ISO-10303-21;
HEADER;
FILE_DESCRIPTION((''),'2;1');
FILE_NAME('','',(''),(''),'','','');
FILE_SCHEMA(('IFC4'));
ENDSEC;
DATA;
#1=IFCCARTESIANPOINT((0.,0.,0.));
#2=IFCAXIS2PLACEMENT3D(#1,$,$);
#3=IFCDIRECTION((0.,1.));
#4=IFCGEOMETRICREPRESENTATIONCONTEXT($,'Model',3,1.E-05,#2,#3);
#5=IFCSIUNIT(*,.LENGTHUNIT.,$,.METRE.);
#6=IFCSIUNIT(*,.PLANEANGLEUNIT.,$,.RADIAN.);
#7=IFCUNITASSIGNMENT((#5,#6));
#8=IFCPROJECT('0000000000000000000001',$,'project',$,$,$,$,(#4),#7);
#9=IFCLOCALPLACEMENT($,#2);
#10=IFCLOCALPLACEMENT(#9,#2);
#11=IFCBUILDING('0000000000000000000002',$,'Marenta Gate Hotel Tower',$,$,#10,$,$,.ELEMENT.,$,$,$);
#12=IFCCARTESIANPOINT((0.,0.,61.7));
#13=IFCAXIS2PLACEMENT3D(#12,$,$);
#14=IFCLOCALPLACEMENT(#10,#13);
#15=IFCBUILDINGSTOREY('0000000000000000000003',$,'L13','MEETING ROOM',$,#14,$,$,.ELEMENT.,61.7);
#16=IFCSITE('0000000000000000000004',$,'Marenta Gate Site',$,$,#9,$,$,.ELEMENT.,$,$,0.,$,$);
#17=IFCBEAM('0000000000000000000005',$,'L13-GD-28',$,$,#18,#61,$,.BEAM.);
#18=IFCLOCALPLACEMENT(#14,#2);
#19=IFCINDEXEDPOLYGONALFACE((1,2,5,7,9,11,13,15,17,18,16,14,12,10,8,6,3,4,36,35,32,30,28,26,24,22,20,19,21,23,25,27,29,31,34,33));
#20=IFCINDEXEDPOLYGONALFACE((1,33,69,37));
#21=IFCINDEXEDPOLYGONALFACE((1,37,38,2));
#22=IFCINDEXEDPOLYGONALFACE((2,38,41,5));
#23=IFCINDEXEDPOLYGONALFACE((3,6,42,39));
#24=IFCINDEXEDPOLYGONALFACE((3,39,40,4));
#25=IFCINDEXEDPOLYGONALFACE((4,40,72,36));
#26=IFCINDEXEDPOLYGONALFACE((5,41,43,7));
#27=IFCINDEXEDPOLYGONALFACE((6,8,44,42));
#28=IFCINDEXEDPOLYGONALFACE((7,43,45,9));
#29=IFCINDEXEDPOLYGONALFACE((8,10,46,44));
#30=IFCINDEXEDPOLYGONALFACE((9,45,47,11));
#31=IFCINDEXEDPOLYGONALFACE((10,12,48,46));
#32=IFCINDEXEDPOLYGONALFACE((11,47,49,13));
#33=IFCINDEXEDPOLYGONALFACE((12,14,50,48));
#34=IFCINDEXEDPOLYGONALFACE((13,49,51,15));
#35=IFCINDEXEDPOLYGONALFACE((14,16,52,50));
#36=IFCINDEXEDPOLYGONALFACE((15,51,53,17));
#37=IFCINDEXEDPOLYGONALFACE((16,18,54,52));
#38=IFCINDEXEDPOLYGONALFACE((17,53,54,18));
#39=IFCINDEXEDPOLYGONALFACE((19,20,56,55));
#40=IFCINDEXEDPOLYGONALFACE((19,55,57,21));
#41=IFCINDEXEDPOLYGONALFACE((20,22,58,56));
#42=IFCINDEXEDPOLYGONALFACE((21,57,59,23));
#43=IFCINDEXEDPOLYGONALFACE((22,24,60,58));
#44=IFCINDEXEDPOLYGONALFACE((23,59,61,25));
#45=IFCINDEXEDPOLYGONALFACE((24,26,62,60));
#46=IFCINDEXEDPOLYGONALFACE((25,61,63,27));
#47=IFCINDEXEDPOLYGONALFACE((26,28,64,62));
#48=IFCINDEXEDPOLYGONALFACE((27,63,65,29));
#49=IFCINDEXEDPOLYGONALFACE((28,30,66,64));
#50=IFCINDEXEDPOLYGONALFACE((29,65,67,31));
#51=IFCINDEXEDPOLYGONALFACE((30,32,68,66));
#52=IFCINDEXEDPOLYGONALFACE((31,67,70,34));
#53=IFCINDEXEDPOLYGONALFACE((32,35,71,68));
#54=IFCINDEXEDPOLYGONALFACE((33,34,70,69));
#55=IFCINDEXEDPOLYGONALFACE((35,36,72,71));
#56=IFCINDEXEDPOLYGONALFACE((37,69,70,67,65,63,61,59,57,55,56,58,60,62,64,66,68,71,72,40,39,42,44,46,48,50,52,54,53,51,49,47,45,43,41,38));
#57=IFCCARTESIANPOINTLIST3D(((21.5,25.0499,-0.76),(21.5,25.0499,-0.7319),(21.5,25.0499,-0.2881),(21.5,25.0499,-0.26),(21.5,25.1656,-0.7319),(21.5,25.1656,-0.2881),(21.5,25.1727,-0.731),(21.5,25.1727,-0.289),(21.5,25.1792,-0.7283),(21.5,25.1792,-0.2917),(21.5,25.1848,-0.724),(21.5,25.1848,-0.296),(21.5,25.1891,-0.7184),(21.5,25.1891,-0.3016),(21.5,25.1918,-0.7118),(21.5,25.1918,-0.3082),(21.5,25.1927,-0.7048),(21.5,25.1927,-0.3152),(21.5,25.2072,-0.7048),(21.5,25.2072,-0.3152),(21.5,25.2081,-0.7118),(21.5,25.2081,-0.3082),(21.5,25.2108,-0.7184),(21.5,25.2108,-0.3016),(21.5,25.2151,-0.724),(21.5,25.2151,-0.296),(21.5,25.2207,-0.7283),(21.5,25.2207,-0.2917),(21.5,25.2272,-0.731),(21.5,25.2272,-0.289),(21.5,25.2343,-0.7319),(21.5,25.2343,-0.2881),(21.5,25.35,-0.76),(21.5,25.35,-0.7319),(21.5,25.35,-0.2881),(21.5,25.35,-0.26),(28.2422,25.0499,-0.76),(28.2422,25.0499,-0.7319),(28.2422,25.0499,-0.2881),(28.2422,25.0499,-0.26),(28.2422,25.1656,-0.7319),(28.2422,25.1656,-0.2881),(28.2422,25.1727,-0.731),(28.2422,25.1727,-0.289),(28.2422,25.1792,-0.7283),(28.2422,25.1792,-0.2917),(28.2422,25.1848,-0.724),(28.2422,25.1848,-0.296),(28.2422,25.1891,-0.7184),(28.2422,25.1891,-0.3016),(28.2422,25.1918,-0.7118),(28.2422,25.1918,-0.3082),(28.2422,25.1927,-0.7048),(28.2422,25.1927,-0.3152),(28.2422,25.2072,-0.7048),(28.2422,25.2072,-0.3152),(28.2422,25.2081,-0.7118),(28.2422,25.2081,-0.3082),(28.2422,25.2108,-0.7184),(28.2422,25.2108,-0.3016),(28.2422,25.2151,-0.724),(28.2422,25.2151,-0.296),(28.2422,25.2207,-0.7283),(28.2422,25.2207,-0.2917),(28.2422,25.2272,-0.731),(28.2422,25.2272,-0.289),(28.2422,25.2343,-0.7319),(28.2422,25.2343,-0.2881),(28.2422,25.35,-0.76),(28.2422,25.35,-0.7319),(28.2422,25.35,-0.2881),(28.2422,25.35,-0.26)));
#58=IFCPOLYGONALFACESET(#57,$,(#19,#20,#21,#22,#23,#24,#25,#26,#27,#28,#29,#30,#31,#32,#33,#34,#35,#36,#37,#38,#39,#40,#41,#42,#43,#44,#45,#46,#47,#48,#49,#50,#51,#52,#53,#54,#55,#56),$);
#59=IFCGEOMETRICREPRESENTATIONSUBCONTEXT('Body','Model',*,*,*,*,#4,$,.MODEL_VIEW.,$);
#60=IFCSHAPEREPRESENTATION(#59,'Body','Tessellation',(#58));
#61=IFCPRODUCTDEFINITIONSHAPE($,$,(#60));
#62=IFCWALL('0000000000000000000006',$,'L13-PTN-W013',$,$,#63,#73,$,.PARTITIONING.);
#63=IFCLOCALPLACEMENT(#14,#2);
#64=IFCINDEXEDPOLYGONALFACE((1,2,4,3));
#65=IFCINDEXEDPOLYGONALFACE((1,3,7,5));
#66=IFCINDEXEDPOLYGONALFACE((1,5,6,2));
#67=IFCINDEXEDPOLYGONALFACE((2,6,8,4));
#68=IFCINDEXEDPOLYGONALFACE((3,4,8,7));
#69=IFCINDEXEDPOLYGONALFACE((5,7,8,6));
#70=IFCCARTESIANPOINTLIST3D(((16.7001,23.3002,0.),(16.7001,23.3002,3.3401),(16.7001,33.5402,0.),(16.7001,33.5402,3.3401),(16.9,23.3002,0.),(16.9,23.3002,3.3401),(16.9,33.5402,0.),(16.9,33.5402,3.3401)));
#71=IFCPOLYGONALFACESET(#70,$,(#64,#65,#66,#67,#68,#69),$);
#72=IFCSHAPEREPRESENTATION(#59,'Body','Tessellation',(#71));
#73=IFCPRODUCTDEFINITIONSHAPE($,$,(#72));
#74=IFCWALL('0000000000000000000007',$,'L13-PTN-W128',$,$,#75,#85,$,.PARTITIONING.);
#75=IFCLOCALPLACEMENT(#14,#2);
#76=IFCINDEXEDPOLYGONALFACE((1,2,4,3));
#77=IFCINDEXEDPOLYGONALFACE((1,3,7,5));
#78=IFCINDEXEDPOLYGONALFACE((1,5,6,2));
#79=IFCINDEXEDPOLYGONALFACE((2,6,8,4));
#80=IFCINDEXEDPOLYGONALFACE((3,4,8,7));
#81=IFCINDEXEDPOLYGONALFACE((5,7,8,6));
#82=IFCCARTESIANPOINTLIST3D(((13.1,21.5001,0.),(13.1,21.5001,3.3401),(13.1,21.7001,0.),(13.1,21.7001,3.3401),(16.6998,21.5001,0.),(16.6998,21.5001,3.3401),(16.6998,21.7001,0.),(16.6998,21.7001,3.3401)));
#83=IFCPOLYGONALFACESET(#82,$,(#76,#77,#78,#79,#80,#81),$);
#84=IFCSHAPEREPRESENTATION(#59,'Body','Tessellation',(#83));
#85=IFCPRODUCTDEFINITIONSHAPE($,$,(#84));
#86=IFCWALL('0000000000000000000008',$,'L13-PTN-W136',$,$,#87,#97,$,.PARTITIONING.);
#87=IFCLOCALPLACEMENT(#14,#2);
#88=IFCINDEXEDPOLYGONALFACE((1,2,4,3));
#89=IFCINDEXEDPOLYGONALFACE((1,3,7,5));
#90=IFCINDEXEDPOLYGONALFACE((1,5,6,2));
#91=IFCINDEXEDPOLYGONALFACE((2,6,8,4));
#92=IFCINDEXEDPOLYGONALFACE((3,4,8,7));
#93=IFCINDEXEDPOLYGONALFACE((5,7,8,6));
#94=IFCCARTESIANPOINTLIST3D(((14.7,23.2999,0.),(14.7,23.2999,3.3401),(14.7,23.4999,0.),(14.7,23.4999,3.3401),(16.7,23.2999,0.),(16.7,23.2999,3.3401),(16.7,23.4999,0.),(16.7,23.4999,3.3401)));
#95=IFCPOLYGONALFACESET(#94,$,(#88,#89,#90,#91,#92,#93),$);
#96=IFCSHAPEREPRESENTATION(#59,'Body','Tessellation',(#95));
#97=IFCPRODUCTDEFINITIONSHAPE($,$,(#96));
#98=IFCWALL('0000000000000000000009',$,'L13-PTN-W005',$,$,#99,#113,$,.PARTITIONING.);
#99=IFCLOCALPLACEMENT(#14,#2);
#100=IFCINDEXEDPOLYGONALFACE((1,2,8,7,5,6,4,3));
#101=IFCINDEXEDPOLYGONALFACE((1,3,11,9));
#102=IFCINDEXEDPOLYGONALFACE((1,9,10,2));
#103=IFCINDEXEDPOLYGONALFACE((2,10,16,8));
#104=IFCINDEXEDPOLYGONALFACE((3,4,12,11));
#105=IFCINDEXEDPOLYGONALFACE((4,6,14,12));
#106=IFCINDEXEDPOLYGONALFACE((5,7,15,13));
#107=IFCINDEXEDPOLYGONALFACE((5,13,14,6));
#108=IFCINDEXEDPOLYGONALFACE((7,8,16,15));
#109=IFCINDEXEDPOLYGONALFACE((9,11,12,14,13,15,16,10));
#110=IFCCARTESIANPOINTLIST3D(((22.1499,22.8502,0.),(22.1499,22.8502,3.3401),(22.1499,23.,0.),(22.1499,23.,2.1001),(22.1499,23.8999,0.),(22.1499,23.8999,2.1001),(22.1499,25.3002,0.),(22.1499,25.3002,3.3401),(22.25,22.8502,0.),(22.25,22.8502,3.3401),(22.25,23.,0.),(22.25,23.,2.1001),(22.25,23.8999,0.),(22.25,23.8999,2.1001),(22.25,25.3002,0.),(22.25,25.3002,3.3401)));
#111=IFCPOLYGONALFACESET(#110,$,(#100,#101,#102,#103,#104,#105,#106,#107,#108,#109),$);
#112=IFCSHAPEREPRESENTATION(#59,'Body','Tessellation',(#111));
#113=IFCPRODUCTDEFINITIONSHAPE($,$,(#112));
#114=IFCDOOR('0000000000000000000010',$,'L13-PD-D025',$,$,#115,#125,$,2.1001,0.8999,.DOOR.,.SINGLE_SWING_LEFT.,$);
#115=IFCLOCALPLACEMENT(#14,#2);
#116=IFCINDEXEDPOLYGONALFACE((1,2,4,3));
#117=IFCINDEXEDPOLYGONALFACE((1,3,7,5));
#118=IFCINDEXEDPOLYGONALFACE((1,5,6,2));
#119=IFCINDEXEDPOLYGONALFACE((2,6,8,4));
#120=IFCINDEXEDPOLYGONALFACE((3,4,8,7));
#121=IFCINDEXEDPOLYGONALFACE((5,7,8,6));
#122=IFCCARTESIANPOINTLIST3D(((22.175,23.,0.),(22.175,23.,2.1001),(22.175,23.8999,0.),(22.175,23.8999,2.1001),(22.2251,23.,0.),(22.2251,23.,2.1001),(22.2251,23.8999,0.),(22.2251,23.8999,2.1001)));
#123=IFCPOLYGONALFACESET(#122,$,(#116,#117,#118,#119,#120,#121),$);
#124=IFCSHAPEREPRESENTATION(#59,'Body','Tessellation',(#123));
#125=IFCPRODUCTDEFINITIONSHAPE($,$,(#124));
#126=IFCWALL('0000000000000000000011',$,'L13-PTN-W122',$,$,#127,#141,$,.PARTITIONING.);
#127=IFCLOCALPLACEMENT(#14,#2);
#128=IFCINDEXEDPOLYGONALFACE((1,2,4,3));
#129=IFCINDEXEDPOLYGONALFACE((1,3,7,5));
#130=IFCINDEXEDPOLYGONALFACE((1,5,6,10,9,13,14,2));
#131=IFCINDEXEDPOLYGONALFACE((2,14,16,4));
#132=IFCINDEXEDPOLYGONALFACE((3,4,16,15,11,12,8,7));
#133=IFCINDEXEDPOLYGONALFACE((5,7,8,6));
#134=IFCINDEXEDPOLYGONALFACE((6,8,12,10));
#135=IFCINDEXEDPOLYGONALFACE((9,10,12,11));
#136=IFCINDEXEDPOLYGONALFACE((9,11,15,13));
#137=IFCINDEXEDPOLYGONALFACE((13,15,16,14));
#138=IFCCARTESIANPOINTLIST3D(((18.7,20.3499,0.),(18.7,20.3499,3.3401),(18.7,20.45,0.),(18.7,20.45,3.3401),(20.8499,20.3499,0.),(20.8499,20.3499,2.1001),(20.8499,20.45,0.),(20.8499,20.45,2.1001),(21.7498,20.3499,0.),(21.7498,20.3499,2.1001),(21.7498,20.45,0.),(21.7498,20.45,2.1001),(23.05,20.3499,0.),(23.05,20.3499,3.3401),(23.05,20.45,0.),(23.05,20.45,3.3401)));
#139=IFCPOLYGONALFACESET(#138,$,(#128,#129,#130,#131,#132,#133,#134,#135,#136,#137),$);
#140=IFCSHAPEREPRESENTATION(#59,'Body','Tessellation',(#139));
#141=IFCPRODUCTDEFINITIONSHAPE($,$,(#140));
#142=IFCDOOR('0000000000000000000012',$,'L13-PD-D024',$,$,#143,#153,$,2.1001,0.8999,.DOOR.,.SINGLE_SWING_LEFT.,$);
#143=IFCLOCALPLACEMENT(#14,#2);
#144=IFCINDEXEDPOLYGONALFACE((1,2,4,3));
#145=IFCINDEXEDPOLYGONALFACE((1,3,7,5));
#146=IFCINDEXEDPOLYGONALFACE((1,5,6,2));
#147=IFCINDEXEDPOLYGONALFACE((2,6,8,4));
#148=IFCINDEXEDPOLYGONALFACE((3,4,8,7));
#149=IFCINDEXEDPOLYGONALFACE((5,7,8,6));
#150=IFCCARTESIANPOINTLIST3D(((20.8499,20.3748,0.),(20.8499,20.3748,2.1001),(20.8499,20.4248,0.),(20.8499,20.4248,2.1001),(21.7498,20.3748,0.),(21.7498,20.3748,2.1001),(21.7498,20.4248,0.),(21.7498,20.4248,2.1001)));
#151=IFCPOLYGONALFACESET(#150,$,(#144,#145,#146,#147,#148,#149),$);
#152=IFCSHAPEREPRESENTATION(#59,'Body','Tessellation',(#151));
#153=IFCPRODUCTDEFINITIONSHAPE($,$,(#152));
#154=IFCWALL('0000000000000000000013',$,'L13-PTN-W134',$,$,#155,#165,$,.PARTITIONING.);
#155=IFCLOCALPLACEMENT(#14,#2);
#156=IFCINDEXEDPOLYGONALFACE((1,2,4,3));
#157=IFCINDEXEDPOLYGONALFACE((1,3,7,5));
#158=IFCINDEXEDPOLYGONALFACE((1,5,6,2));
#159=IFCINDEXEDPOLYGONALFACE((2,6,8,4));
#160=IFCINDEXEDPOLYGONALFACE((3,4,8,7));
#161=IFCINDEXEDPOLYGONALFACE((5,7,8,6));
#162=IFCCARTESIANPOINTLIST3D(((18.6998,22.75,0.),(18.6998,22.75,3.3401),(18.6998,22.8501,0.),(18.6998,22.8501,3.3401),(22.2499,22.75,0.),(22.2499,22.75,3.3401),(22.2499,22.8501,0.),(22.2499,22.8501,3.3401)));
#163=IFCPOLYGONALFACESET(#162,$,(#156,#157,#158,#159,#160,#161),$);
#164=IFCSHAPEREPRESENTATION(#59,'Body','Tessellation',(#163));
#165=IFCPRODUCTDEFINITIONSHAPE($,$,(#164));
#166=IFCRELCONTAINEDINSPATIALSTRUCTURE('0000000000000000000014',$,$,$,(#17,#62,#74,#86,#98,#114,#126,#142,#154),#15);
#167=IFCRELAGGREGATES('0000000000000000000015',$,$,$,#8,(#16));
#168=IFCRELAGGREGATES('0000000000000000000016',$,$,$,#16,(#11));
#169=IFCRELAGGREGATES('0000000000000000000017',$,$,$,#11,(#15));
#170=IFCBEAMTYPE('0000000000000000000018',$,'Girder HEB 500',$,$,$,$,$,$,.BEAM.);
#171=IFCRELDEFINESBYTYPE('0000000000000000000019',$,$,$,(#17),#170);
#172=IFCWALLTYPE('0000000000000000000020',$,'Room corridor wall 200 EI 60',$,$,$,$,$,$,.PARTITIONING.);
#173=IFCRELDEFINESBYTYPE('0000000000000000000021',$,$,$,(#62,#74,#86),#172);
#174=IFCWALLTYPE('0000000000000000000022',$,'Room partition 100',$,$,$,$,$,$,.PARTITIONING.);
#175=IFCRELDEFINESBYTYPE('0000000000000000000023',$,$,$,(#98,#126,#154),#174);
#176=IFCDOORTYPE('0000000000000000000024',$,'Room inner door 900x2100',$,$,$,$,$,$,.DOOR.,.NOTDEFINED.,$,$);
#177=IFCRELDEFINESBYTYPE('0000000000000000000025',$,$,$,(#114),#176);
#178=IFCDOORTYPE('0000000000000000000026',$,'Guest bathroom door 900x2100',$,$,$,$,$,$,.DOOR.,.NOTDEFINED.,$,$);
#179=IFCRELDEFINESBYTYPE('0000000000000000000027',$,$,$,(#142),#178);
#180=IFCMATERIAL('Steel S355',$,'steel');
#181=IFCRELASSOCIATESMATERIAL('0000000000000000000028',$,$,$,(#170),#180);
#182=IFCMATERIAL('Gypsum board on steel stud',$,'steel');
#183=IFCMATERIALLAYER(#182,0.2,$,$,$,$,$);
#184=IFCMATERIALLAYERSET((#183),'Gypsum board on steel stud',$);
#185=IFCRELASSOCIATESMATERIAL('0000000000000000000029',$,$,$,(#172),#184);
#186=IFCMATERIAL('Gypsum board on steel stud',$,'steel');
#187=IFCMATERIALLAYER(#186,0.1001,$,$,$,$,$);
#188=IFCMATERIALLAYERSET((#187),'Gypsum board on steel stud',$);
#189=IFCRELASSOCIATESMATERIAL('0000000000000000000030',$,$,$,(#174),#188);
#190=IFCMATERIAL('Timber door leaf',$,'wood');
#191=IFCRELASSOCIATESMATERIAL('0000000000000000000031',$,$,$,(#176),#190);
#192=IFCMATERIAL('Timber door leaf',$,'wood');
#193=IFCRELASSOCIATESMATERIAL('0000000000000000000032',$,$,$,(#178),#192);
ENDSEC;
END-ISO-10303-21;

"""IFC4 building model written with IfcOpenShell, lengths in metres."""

from ifc_helpers import new_model, si_unit, direction, frame, frame_2d, origin, origin_2d, place, context, subcontext, project, spatial, rectangle, i_section, extrude, material, layer, layer_set, material_profile, profile_set, type_object, element, fill, save


model = new_model("IFC4")

# Units and contexts
model_context = context("Model", 3, precision=1e-05, world=origin(), true_north=direction((0.0, 1.0)))
body_context = subcontext(model_context, "Body", "Model", "MODEL_VIEW")
ifc_project = project(units=[si_unit("LENGTHUNIT", "METRE"), si_unit("PLANEANGLEUNIT", "RADIAN")], contexts=[model_context])

# Site, building, storey
site_placement = place(None, origin())
site = spatial("IfcSite", under=ifc_project, at=site_placement, Name="Marenta Gate Site", CompositionType="ELEMENT", RefElevation=0.0)
building_placement = place(site_placement, origin())
building = spatial("IfcBuilding", under=site, at=building_placement, Name="Marenta Gate Hotel Tower", CompositionType="ELEMENT")
storey_placement = place(building_placement, frame((0.0, 0.0, 61.7)))
storey = spatial("IfcBuildingStorey", under=building, at=storey_placement, Name="L13", Description="MEETING ROOM", CompositionType="ELEMENT", Elevation=61.7)

# Beam
ifc_material_1 = material(Name="Steel S355", Category="steel")
ifc_material_profile_1 = material_profile(ifc_material_1, i_section(OverallWidth=0.3, OverallDepth=0.5, WebThickness=0.0144, FlangeThickness=0.0281, FilletRadius=0.0271, at=origin_2d()), Name="HEB 500")
ifc_profile_set_1 = profile_set([ifc_material_profile_1], Name="Steel S355")
beam_type_1 = type_object("IfcBeamType", Name="Girder HEB 500", PredefinedType="BEAM", material=ifc_profile_set_1)
beam_1_placement = place(storey_placement, frame((21.5, 25.2, -0.51), z_axis=(1.0, 0.0, 0.0), x_axis=(0.0, 1.0, 0.0)))
element("IfcBeam", 1, at=beam_1_placement, inside=storey, type_object=beam_type_1, Name="L13-GD-28", PredefinedType="BEAM", context=body_context, shape_type="SweptSolid", body=[
    extrude(i_section(OverallWidth=0.3, OverallDepth=0.5, WebThickness=0.0144, FlangeThickness=0.0281, FilletRadius=0.0271, at=origin_2d()), origin(), (0.0, 0.0, 1.0), 6.7422),
])

# Wall
ifc_material_2 = material(Name="Gypsum board on steel stud", Category="steel")
ifc_layer_1 = layer(ifc_material_2, 0.2)
ifc_layer_set_1 = layer_set([ifc_layer_1], Name="Gypsum board on steel stud")
wall_type_1 = type_object("IfcWallType", Name="Room corridor wall 200 EI 60", PredefinedType="PARTITIONING", material=ifc_layer_set_1)
wall_1_placement = place(storey_placement, frame((16.8, 23.3, 0.0), z_axis=(0.0, 0.0, 1.0), x_axis=(0.0, 1.0, 0.0)))
element("IfcWall", 2, at=wall_1_placement, inside=storey, type_object=wall_type_1, Name="L13-PTN-W013", PredefinedType="PARTITIONING", context=body_context, shape_type="SweptSolid", body=[
    extrude(rectangle(XDim=10.24, YDim=0.2, at=frame_2d((5.1201, 0.0))), origin(), (0.0, 0.0, 1.0), 3.3401),
])

# Walls
wall_2_placement = place(storey_placement, frame((13.1001, 21.6001, 0.0), z_axis=(0.0, 0.0, 1.0), x_axis=(1.0, 0.0, 0.0)))
element("IfcWall", 3, at=wall_2_placement, inside=storey, type_object=wall_type_1, Name="L13-PTN-W128", PredefinedType="PARTITIONING", context=body_context, shape_type="SweptSolid", body=[
    extrude(rectangle(XDim=3.5999, YDim=0.2, at=frame_2d((1.7998, 0.0))), origin(), (0.0, 0.0, 1.0), 3.3401),
])
wall_3_placement = place(storey_placement, frame((14.7, 23.3999, 0.0), z_axis=(0.0, 0.0, 1.0), x_axis=(1.0, 0.0, 0.0)))
element("IfcWall", 4, at=wall_3_placement, inside=storey, type_object=wall_type_1, Name="L13-PTN-W136", PredefinedType="PARTITIONING", context=body_context, shape_type="SweptSolid", body=[
    extrude(rectangle(XDim=2.0, YDim=0.2, at=frame_2d((1.0, 0.0))), origin(), (0.0, 0.0, 1.0), 3.3401),
])

# Walls, openings, doors
ifc_material_3 = material(Name="Gypsum board on steel stud", Category="steel")
ifc_layer_2 = layer(ifc_material_3, 0.1001)
ifc_layer_set_2 = layer_set([ifc_layer_2], Name="Gypsum board on steel stud")
wall_type_2 = type_object("IfcWallType", Name="Room partition 100", PredefinedType="PARTITIONING", material=ifc_layer_set_2)
wall_4_placement = place(storey_placement, frame((22.2, 22.8501, 0.0), z_axis=(0.0, 0.0, 1.0), x_axis=(0.0, 1.0, 0.0)))
wall_4 = element("IfcWall", 5, at=wall_4_placement, inside=storey, type_object=wall_type_2, Name="L13-PTN-W005", PredefinedType="PARTITIONING", context=body_context, shape_type="SweptSolid", body=[
    extrude(rectangle(XDim=2.45, YDim=0.1001, at=frame_2d((1.2251, 0.0))), origin(), (0.0, 0.0, 1.0), 3.3401),
])
opening_1_placement = place(wall_4_placement, frame((0.1499, 0.0, 0.0)))
opening_1 = element("IfcOpeningElement", 6, at=opening_1_placement, cuts=wall_4, PredefinedType="OPENING", context=body_context, shape_type="SweptSolid", body=[
    extrude(rectangle(XDim=0.8999, YDim=2.1001, at=frame_2d((0.45, 1.05))), frame((0.0, 0.05, 0.0), z_axis=(0.0, -1.0, 0.0), x_axis=(1.0, 0.0, 0.0)), (0.0, 0.0, 1.0), 0.1001),
])
ifc_material_4 = material(Name="Timber door leaf", Category="wood")
door_type_1 = type_object("IfcDoorType", Name="Room inner door 900x2100", OperationType="NOTDEFINED", PredefinedType="DOOR", material=ifc_material_4)
door_1_placement = place(opening_1_placement, origin())
door_1 = element("IfcDoor", 7, at=door_1_placement, inside=storey, type_object=door_type_1, Name="L13-PD-D025", OperationType="SINGLE_SWING_LEFT", OverallHeight=2.1001, OverallWidth=0.8999, PredefinedType="DOOR", context=body_context, shape_type="SweptSolid", body=[
    extrude(rectangle(XDim=0.8999, YDim=2.1001, at=frame_2d((0.45, 1.05))), frame((0.0, 0.0249, 0.0), z_axis=(0.0, -1.0, 0.0), x_axis=(1.0, 0.0, 0.0)), (0.0, 0.0, 1.0), 0.05),
])
fill(opening_1, door_1)
wall_5_placement = place(storey_placement, frame((18.7, 20.3999, 0.0), z_axis=(0.0, 0.0, 1.0), x_axis=(1.0, 0.0, 0.0)))
wall_5 = element("IfcWall", 8, at=wall_5_placement, inside=storey, type_object=wall_type_2, Name="L13-PTN-W122", PredefinedType="PARTITIONING", context=body_context, shape_type="SweptSolid", body=[
    extrude(rectangle(XDim=4.3501, YDim=0.1001, at=frame_2d((2.175, 0.0))), origin(), (0.0, 0.0, 1.0), 3.3401),
])
opening_2_placement = place(wall_5_placement, frame((2.1499, 0.0, 0.0)))
opening_2 = element("IfcOpeningElement", 9, at=opening_2_placement, cuts=wall_5, PredefinedType="OPENING", context=body_context, shape_type="SweptSolid", body=[
    extrude(rectangle(XDim=0.8999, YDim=2.1001, at=frame_2d((0.45, 1.05))), frame((0.0, 0.05, 0.0), z_axis=(0.0, -1.0, 0.0), x_axis=(1.0, 0.0, 0.0)), (0.0, 0.0, 1.0), 0.1001),
])
ifc_material_5 = material(Name="Timber door leaf", Category="wood")
door_type_2 = type_object("IfcDoorType", Name="Guest bathroom door 900x2100", OperationType="NOTDEFINED", PredefinedType="DOOR", material=ifc_material_5)
door_2_placement = place(opening_2_placement, origin())
door_2 = element("IfcDoor", 10, at=door_2_placement, inside=storey, type_object=door_type_2, Name="L13-PD-D024", OperationType="SINGLE_SWING_LEFT", OverallHeight=2.1001, OverallWidth=0.8999, PredefinedType="DOOR", context=body_context, shape_type="SweptSolid", body=[
    extrude(rectangle(XDim=0.8999, YDim=2.1001, at=frame_2d((0.45, 1.05))), frame((0.0, 0.0249, 0.0), z_axis=(0.0, -1.0, 0.0), x_axis=(1.0, 0.0, 0.0)), (0.0, 0.0, 1.0), 0.05),
])
fill(opening_2, door_2)

# Wall
wall_6_placement = place(storey_placement, frame((18.7, 22.8, 0.0), z_axis=(0.0, 0.0, 1.0), x_axis=(1.0, 0.0, 0.0)))
element("IfcWall", 11, at=wall_6_placement, inside=storey, type_object=wall_type_2, Name="L13-PTN-W134", PredefinedType="PARTITIONING", context=body_context, shape_type="SweptSolid", body=[
    extrude(rectangle(XDim=3.55, YDim=0.1001, at=frame_2d((1.7749, 0.0))), origin(), (0.0, 0.0, 1.0), 3.3401),
])

save(model, "model.ifc")
